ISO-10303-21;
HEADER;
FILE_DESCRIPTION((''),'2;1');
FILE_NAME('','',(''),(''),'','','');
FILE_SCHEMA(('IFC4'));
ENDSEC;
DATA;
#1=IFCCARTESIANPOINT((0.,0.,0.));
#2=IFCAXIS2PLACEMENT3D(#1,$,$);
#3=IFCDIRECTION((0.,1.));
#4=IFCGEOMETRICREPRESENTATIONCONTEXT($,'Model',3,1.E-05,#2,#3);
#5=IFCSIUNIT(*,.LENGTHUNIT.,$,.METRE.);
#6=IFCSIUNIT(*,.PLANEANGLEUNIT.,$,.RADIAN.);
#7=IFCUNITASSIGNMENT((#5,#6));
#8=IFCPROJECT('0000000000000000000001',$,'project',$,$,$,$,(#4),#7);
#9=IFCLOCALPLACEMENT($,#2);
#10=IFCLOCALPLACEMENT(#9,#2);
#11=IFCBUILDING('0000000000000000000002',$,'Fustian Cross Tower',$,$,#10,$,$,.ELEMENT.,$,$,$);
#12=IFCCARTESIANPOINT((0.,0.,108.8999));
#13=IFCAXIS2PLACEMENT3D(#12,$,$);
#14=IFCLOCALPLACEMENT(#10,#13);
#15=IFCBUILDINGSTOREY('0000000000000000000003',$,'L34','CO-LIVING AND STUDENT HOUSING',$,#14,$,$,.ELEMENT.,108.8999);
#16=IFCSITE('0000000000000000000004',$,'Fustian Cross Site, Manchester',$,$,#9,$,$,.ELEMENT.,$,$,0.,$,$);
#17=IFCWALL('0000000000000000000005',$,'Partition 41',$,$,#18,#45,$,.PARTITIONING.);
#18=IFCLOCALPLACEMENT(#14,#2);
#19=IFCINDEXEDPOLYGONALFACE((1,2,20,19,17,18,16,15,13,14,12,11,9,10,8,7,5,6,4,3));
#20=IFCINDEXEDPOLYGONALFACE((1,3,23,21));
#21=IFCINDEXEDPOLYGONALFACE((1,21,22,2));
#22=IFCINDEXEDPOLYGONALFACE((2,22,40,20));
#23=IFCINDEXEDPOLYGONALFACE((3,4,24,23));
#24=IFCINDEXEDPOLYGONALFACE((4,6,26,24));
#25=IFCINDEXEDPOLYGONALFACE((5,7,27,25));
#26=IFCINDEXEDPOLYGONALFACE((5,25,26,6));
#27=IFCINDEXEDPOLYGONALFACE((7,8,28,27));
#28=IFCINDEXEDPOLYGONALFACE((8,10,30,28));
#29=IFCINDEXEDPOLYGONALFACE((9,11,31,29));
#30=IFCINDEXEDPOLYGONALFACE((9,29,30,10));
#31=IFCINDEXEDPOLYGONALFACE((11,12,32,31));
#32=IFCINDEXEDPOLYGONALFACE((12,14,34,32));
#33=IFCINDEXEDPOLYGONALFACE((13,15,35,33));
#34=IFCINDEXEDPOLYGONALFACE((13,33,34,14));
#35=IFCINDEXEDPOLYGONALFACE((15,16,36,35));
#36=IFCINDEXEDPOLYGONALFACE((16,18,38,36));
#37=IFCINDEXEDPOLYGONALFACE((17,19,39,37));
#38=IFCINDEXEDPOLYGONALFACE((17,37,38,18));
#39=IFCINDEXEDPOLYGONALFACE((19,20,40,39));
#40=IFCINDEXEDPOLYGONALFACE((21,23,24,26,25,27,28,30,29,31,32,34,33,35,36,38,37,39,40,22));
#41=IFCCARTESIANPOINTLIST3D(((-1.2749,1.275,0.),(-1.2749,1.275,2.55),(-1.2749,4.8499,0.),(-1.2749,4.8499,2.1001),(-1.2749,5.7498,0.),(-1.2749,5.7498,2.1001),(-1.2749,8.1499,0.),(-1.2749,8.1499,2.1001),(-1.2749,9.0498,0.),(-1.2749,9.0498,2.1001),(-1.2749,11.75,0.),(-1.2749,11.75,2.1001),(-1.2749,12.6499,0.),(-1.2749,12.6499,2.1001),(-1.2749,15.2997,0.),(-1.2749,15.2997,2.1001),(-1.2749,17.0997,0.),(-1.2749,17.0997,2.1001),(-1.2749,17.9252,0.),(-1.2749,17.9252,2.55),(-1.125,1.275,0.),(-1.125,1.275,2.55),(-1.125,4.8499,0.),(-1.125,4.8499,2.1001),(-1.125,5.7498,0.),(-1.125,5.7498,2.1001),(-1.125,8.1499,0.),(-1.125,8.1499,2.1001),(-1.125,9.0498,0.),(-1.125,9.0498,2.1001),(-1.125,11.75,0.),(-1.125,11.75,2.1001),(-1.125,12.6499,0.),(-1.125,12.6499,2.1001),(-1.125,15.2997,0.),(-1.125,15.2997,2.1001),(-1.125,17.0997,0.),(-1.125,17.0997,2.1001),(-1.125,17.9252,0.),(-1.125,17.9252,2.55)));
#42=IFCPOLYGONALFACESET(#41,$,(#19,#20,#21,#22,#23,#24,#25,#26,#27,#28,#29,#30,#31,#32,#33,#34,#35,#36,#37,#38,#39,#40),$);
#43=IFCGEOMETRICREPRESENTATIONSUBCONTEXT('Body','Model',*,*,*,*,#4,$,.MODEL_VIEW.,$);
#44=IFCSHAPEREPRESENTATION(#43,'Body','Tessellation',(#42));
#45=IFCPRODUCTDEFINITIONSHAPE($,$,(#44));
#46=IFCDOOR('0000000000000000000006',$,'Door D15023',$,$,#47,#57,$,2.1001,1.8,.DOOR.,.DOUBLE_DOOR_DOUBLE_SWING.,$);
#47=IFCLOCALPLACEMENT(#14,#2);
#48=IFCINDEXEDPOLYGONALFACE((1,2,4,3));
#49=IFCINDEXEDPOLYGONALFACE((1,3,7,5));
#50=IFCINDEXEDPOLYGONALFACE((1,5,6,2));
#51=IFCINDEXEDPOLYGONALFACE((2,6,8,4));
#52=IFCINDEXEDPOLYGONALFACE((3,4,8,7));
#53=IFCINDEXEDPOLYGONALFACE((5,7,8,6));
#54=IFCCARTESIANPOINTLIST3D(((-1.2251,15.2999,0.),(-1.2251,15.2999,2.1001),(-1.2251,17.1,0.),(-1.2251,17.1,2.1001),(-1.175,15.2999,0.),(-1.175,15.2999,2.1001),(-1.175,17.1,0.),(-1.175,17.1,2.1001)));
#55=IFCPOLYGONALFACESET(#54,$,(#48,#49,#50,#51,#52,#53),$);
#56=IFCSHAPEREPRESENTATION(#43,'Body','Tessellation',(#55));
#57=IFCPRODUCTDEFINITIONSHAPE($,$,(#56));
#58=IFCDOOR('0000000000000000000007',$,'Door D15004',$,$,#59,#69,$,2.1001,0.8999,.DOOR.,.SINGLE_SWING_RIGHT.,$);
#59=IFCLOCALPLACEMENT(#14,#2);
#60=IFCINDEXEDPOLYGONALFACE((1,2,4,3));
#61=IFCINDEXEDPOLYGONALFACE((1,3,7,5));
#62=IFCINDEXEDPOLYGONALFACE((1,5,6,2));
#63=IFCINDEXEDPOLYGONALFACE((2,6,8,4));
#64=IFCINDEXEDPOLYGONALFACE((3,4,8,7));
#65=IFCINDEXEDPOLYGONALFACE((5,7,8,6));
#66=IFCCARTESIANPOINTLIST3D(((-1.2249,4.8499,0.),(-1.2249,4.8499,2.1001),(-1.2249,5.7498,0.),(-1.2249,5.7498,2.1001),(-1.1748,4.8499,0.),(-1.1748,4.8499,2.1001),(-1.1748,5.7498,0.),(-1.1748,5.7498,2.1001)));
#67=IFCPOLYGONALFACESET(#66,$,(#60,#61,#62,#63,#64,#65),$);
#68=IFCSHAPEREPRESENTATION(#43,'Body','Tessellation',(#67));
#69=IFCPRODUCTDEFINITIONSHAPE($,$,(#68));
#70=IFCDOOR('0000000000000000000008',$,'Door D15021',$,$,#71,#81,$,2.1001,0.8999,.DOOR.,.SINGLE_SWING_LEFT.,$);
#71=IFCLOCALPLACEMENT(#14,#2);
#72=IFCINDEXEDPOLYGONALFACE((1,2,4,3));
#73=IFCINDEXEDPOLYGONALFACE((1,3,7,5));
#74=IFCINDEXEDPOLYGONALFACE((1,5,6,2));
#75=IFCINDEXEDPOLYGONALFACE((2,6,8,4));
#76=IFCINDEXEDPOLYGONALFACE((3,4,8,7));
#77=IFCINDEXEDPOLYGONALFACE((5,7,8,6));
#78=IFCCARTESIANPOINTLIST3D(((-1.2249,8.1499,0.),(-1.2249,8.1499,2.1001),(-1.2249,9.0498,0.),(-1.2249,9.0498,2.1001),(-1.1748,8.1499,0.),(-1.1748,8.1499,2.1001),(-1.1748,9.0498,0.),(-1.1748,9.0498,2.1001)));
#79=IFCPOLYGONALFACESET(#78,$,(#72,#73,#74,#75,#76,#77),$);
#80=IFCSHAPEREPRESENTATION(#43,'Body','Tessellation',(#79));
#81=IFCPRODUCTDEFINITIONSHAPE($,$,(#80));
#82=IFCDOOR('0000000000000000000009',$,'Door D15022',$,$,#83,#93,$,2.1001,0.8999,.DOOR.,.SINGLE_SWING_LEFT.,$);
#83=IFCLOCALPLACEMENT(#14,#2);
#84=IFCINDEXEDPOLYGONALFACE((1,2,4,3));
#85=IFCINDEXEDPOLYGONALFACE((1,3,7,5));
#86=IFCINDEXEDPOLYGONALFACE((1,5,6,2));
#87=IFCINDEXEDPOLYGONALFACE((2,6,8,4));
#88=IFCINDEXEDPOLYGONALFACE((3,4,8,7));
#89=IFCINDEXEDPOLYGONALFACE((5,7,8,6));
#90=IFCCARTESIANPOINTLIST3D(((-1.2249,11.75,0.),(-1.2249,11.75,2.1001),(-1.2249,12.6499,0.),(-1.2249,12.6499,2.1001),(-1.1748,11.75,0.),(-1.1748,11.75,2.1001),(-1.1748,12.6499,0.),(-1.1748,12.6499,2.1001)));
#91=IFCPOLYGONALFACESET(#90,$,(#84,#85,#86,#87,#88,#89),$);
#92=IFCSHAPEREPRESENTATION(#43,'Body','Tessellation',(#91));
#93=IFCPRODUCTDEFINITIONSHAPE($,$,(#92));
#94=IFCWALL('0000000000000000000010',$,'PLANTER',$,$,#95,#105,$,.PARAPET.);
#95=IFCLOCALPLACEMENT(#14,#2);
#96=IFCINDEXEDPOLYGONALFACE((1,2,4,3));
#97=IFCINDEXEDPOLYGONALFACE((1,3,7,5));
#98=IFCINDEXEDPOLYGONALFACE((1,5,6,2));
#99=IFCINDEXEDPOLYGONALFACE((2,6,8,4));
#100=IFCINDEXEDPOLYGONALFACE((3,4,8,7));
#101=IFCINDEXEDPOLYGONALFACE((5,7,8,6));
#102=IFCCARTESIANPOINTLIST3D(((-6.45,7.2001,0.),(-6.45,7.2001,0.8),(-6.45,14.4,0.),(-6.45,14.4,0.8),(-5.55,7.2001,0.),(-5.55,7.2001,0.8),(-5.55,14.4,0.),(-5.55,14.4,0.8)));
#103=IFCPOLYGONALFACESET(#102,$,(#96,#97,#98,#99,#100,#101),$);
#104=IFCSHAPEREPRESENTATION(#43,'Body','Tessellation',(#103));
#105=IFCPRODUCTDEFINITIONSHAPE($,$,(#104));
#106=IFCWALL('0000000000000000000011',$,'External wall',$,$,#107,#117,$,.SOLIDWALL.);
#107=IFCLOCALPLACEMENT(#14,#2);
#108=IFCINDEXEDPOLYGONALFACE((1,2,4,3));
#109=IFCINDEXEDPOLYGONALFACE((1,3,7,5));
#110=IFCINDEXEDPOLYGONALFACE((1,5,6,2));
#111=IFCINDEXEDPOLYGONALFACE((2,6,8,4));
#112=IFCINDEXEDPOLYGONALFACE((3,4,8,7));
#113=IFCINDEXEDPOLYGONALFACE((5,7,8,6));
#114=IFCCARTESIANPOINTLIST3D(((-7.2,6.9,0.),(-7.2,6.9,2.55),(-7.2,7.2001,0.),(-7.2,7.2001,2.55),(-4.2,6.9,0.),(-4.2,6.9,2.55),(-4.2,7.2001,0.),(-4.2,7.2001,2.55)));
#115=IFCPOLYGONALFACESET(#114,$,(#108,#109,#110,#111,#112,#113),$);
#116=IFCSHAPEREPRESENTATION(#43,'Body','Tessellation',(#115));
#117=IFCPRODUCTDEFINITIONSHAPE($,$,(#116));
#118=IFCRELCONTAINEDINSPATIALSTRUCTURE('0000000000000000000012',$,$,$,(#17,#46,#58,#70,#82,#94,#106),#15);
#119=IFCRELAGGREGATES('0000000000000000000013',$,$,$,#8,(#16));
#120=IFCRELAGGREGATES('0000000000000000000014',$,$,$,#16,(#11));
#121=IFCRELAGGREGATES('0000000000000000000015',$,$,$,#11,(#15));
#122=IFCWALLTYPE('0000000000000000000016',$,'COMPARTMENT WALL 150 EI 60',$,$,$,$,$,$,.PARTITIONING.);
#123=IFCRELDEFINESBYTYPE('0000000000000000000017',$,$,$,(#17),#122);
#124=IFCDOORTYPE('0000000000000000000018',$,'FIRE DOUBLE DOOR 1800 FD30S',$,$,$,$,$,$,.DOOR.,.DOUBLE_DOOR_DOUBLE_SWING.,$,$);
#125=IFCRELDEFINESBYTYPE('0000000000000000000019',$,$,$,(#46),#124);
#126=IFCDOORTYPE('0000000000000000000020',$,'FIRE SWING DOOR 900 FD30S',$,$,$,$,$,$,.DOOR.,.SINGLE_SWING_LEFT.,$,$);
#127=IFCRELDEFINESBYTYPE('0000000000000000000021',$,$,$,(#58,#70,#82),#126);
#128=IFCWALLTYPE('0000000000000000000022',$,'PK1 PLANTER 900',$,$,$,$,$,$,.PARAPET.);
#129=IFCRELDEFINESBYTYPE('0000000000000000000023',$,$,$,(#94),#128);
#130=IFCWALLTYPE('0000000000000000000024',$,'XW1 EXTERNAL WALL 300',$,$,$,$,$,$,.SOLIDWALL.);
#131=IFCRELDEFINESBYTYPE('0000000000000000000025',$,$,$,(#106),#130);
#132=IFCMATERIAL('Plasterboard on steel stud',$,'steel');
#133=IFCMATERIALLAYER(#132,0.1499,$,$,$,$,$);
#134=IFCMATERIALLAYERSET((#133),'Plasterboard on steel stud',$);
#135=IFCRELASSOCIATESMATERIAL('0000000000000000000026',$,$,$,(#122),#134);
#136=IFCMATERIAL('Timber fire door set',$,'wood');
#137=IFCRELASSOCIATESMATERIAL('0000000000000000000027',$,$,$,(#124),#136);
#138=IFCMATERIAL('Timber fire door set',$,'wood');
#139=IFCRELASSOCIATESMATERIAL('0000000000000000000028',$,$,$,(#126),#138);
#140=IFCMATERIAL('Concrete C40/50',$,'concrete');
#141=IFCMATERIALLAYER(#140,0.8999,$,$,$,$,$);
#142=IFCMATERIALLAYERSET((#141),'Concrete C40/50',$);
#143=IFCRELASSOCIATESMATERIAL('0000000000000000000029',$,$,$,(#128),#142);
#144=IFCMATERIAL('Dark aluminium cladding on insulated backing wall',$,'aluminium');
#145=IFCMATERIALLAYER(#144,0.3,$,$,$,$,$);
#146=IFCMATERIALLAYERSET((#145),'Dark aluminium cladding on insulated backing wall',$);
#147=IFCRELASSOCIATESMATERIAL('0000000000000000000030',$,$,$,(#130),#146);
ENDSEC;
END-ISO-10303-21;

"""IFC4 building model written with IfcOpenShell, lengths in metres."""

from ifc_helpers import new_model, si_unit, direction, frame, frame_2d, origin, place, context, subcontext, project, spatial, rectangle, extrude, material, layer, layer_set, type_object, element, fill, save


model = new_model("IFC4")

# Units and contexts
model_context = context("Model", 3, precision=1e-05, world=origin(), true_north=direction((0.0, 1.0)))
body_context = subcontext(model_context, "Body", "Model", "MODEL_VIEW")
ifc_project = project(units=[si_unit("LENGTHUNIT", "METRE"), si_unit("PLANEANGLEUNIT", "RADIAN")], contexts=[model_context])

# Site, building, storey
site_placement = place(None, origin())
site = spatial("IfcSite", under=ifc_project, at=site_placement, Name="Fustian Cross Site, Manchester", CompositionType="ELEMENT", RefElevation=0.0)
building_placement = place(site_placement, origin())
building = spatial("IfcBuilding", under=site, at=building_placement, Name="Fustian Cross Tower", CompositionType="ELEMENT")
storey_placement = place(building_placement, frame((0.0, 0.0, 108.8999)))
storey = spatial("IfcBuildingStorey", under=building, at=storey_placement, Name="L34", Description="CO-LIVING AND STUDENT HOUSING", CompositionType="ELEMENT", Elevation=108.8999)

# Wall, openings, doors
ifc_material_1 = material(Name="Plasterboard on steel stud", Category="steel")
ifc_layer_1 = layer(ifc_material_1, 0.1499)
ifc_layer_set_1 = layer_set([ifc_layer_1], Name="Plasterboard on steel stud")
wall_type_1 = type_object("IfcWallType", Name="COMPARTMENT WALL 150 EI 60", PredefinedType="PARTITIONING", material=ifc_layer_set_1)
wall_1_placement = place(storey_placement, frame((-1.2, 1.2749, 0.0), z_axis=(0.0, 0.0, 1.0), x_axis=(0.0, 1.0, 0.0)))
wall_1 = element("IfcWall", 1, at=wall_1_placement, inside=storey, type_object=wall_type_1, Name="Partition 41", PredefinedType="PARTITIONING", context=body_context, shape_type="SweptSolid", body=[
    extrude(rectangle(XDim=16.6501, YDim=0.1499, at=frame_2d((8.3252, 0.0))), origin(), (0.0, 0.0, 1.0), 2.55),
])
opening_1_placement = place(wall_1_placement, frame((3.575, 0.0, 0.0)))
opening_1 = element("IfcOpeningElement", 2, at=opening_1_placement, cuts=wall_1, PredefinedType="OPENING", context=body_context, shape_type="SweptSolid", body=[
    extrude(rectangle(XDim=0.8999, YDim=2.1001, at=frame_2d((0.45, 1.05))), frame((0.0, 0.085, 0.0), z_axis=(0.0, -1.0, 0.0), x_axis=(1.0, 0.0, 0.0)), (0.0, 0.0, 1.0), 0.1699),
])
opening_2_placement = place(wall_1_placement, frame((6.875, 0.0, 0.0)))
opening_2 = element("IfcOpeningElement", 3, at=opening_2_placement, cuts=wall_1, PredefinedType="OPENING", context=body_context, shape_type="SweptSolid", body=[
    extrude(rectangle(XDim=0.8999, YDim=2.1001, at=frame_2d((0.45, 1.05))), frame((0.0, 0.085, 0.0), z_axis=(0.0, -1.0, 0.0), x_axis=(1.0, 0.0, 0.0)), (0.0, 0.0, 1.0), 0.1699),
])
opening_3_placement = place(wall_1_placement, frame((10.4751, 0.0, 0.0)))
opening_3 = element("IfcOpeningElement", 4, at=opening_3_placement, cuts=wall_1, PredefinedType="OPENING", context=body_context, shape_type="SweptSolid", body=[
    extrude(rectangle(XDim=0.8999, YDim=2.1001, at=frame_2d((0.45, 1.05))), frame((0.0, 0.085, 0.0), z_axis=(0.0, -1.0, 0.0), x_axis=(1.0, 0.0, 0.0)), (0.0, 0.0, 1.0), 0.1699),
])
opening_4_placement = place(wall_1_placement, frame((14.0249, 0.0, 0.0)))
opening_4 = element("IfcOpeningElement", 5, at=opening_4_placement, cuts=wall_1, PredefinedType="OPENING", context=body_context, shape_type="SweptSolid", body=[
    extrude(rectangle(XDim=1.8, YDim=2.1001, at=frame_2d((0.8999, 1.05))), frame((0.0, 0.085, 0.0), z_axis=(0.0, -1.0, 0.0), x_axis=(1.0, 0.0, 0.0)), (0.0, 0.0, 1.0), 0.1699),
])
ifc_material_2 = material(Name="Timber fire door set", Category="wood")
door_type_1 = type_object("IfcDoorType", Name="FIRE DOUBLE DOOR 1800 FD30S", OperationType="DOUBLE_DOOR_DOUBLE_SWING", PredefinedType="DOOR", material=ifc_material_2)
door_1_placement = place(opening_4_placement, frame((1.8, 0.0, 0.0), z_axis=(0.0, 0.0, 1.0), x_axis=(-1.0, 0.0, 0.0)))
door_1 = element("IfcDoor", 6, at=door_1_placement, inside=storey, type_object=door_type_1, Name="Door D15023", OperationType="DOUBLE_DOOR_DOUBLE_SWING", OverallHeight=2.1001, OverallWidth=1.8, PredefinedType="DOOR", context=body_context, shape_type="SweptSolid", body=[
    extrude(rectangle(XDim=1.8, YDim=2.1001, at=frame_2d((0.8999, 1.05))), frame((0.0, 0.0249, 0.0), z_axis=(0.0, -1.0, 0.0), x_axis=(1.0, 0.0, 0.0)), (0.0, 0.0, 1.0), 0.05),
])
fill(opening_4, door_1)
ifc_material_3 = material(Name="Timber fire door set", Category="wood")
door_type_2 = type_object("IfcDoorType", Name="FIRE SWING DOOR 900 FD30S", OperationType="SINGLE_SWING_LEFT", PredefinedType="DOOR", material=ifc_material_3)
door_2_placement = place(opening_1_placement, origin())
door_2 = element("IfcDoor", 7, at=door_2_placement, inside=storey, type_object=door_type_2, Name="Door D15004", OperationType="SINGLE_SWING_RIGHT", OverallHeight=2.1001, OverallWidth=0.8999, PredefinedType="DOOR", context=body_context, shape_type="SweptSolid", body=[
    extrude(rectangle(XDim=0.8999, YDim=2.1001, at=frame_2d((0.45, 1.05))), frame((0.0, 0.0249, 0.0), z_axis=(0.0, -1.0, 0.0), x_axis=(1.0, 0.0, 0.0)), (0.0, 0.0, 1.0), 0.05),
])
fill(opening_1, door_2)
door_3_placement = place(opening_2_placement, origin())
door_3 = element("IfcDoor", 8, at=door_3_placement, inside=storey, type_object=door_type_2, Name="Door D15021", OperationType="SINGLE_SWING_LEFT", OverallHeight=2.1001, OverallWidth=0.8999, PredefinedType="DOOR", context=body_context, shape_type="SweptSolid", body=[
    extrude(rectangle(XDim=0.8999, YDim=2.1001, at=frame_2d((0.45, 1.05))), frame((0.0, 0.0249, 0.0), z_axis=(0.0, -1.0, 0.0), x_axis=(1.0, 0.0, 0.0)), (0.0, 0.0, 1.0), 0.05),
])
fill(opening_2, door_3)
door_4_placement = place(opening_3_placement, origin())
door_4 = element("IfcDoor", 9, at=door_4_placement, inside=storey, type_object=door_type_2, Name="Door D15022", OperationType="SINGLE_SWING_LEFT", OverallHeight=2.1001, OverallWidth=0.8999, PredefinedType="DOOR", context=body_context, shape_type="SweptSolid", body=[
    extrude(rectangle(XDim=0.8999, YDim=2.1001, at=frame_2d((0.45, 1.05))), frame((0.0, 0.0249, 0.0), z_axis=(0.0, -1.0, 0.0), x_axis=(1.0, 0.0, 0.0)), (0.0, 0.0, 1.0), 0.05),
])
fill(opening_3, door_4)

# Walls
ifc_material_4 = material(Name="Concrete C40/50", Category="concrete")
ifc_layer_2 = layer(ifc_material_4, 0.8999)
ifc_layer_set_2 = layer_set([ifc_layer_2], Name="Concrete C40/50")
wall_type_2 = type_object("IfcWallType", Name="PK1 PLANTER 900", PredefinedType="PARAPET", material=ifc_layer_set_2)
wall_2_placement = place(storey_placement, frame((-6.0, 7.2, 0.0), z_axis=(0.0, 0.0, 1.0), x_axis=(0.0, 1.0, 0.0)))
element("IfcWall", 10, at=wall_2_placement, inside=storey, type_object=wall_type_2, Name="PLANTER", PredefinedType="PARAPET", context=body_context, shape_type="SweptSolid", body=[
    extrude(rectangle(XDim=7.2, YDim=0.8999, at=frame_2d((3.6001, 0.0))), origin(), (0.0, 0.0, 1.0), 0.8),
])
ifc_material_5 = material(Name="Dark aluminium cladding on insulated backing wall", Category="aluminium")
ifc_layer_3 = layer(ifc_material_5, 0.3)
ifc_layer_set_3 = layer_set([ifc_layer_3], Name="Dark aluminium cladding on insulated backing wall")
wall_type_3 = type_object("IfcWallType", Name="XW1 EXTERNAL WALL 300", PredefinedType="SOLIDWALL", material=ifc_layer_set_3)
wall_3_placement = place(storey_placement, frame((-4.2, 7.05, 0.0), z_axis=(0.0, 0.0, 1.0), x_axis=(-1.0, 0.0, 0.0)))
element("IfcWall", 11, at=wall_3_placement, inside=storey, type_object=wall_type_3, Name="External wall", PredefinedType="SOLIDWALL", context=body_context, shape_type="SweptSolid", body=[
    extrude(rectangle(XDim=3.0, YDim=0.3, at=frame_2d((1.5, 0.0))), origin(), (0.0, 0.0, 1.0), 2.55),
])

save(model, "model.ifc")
